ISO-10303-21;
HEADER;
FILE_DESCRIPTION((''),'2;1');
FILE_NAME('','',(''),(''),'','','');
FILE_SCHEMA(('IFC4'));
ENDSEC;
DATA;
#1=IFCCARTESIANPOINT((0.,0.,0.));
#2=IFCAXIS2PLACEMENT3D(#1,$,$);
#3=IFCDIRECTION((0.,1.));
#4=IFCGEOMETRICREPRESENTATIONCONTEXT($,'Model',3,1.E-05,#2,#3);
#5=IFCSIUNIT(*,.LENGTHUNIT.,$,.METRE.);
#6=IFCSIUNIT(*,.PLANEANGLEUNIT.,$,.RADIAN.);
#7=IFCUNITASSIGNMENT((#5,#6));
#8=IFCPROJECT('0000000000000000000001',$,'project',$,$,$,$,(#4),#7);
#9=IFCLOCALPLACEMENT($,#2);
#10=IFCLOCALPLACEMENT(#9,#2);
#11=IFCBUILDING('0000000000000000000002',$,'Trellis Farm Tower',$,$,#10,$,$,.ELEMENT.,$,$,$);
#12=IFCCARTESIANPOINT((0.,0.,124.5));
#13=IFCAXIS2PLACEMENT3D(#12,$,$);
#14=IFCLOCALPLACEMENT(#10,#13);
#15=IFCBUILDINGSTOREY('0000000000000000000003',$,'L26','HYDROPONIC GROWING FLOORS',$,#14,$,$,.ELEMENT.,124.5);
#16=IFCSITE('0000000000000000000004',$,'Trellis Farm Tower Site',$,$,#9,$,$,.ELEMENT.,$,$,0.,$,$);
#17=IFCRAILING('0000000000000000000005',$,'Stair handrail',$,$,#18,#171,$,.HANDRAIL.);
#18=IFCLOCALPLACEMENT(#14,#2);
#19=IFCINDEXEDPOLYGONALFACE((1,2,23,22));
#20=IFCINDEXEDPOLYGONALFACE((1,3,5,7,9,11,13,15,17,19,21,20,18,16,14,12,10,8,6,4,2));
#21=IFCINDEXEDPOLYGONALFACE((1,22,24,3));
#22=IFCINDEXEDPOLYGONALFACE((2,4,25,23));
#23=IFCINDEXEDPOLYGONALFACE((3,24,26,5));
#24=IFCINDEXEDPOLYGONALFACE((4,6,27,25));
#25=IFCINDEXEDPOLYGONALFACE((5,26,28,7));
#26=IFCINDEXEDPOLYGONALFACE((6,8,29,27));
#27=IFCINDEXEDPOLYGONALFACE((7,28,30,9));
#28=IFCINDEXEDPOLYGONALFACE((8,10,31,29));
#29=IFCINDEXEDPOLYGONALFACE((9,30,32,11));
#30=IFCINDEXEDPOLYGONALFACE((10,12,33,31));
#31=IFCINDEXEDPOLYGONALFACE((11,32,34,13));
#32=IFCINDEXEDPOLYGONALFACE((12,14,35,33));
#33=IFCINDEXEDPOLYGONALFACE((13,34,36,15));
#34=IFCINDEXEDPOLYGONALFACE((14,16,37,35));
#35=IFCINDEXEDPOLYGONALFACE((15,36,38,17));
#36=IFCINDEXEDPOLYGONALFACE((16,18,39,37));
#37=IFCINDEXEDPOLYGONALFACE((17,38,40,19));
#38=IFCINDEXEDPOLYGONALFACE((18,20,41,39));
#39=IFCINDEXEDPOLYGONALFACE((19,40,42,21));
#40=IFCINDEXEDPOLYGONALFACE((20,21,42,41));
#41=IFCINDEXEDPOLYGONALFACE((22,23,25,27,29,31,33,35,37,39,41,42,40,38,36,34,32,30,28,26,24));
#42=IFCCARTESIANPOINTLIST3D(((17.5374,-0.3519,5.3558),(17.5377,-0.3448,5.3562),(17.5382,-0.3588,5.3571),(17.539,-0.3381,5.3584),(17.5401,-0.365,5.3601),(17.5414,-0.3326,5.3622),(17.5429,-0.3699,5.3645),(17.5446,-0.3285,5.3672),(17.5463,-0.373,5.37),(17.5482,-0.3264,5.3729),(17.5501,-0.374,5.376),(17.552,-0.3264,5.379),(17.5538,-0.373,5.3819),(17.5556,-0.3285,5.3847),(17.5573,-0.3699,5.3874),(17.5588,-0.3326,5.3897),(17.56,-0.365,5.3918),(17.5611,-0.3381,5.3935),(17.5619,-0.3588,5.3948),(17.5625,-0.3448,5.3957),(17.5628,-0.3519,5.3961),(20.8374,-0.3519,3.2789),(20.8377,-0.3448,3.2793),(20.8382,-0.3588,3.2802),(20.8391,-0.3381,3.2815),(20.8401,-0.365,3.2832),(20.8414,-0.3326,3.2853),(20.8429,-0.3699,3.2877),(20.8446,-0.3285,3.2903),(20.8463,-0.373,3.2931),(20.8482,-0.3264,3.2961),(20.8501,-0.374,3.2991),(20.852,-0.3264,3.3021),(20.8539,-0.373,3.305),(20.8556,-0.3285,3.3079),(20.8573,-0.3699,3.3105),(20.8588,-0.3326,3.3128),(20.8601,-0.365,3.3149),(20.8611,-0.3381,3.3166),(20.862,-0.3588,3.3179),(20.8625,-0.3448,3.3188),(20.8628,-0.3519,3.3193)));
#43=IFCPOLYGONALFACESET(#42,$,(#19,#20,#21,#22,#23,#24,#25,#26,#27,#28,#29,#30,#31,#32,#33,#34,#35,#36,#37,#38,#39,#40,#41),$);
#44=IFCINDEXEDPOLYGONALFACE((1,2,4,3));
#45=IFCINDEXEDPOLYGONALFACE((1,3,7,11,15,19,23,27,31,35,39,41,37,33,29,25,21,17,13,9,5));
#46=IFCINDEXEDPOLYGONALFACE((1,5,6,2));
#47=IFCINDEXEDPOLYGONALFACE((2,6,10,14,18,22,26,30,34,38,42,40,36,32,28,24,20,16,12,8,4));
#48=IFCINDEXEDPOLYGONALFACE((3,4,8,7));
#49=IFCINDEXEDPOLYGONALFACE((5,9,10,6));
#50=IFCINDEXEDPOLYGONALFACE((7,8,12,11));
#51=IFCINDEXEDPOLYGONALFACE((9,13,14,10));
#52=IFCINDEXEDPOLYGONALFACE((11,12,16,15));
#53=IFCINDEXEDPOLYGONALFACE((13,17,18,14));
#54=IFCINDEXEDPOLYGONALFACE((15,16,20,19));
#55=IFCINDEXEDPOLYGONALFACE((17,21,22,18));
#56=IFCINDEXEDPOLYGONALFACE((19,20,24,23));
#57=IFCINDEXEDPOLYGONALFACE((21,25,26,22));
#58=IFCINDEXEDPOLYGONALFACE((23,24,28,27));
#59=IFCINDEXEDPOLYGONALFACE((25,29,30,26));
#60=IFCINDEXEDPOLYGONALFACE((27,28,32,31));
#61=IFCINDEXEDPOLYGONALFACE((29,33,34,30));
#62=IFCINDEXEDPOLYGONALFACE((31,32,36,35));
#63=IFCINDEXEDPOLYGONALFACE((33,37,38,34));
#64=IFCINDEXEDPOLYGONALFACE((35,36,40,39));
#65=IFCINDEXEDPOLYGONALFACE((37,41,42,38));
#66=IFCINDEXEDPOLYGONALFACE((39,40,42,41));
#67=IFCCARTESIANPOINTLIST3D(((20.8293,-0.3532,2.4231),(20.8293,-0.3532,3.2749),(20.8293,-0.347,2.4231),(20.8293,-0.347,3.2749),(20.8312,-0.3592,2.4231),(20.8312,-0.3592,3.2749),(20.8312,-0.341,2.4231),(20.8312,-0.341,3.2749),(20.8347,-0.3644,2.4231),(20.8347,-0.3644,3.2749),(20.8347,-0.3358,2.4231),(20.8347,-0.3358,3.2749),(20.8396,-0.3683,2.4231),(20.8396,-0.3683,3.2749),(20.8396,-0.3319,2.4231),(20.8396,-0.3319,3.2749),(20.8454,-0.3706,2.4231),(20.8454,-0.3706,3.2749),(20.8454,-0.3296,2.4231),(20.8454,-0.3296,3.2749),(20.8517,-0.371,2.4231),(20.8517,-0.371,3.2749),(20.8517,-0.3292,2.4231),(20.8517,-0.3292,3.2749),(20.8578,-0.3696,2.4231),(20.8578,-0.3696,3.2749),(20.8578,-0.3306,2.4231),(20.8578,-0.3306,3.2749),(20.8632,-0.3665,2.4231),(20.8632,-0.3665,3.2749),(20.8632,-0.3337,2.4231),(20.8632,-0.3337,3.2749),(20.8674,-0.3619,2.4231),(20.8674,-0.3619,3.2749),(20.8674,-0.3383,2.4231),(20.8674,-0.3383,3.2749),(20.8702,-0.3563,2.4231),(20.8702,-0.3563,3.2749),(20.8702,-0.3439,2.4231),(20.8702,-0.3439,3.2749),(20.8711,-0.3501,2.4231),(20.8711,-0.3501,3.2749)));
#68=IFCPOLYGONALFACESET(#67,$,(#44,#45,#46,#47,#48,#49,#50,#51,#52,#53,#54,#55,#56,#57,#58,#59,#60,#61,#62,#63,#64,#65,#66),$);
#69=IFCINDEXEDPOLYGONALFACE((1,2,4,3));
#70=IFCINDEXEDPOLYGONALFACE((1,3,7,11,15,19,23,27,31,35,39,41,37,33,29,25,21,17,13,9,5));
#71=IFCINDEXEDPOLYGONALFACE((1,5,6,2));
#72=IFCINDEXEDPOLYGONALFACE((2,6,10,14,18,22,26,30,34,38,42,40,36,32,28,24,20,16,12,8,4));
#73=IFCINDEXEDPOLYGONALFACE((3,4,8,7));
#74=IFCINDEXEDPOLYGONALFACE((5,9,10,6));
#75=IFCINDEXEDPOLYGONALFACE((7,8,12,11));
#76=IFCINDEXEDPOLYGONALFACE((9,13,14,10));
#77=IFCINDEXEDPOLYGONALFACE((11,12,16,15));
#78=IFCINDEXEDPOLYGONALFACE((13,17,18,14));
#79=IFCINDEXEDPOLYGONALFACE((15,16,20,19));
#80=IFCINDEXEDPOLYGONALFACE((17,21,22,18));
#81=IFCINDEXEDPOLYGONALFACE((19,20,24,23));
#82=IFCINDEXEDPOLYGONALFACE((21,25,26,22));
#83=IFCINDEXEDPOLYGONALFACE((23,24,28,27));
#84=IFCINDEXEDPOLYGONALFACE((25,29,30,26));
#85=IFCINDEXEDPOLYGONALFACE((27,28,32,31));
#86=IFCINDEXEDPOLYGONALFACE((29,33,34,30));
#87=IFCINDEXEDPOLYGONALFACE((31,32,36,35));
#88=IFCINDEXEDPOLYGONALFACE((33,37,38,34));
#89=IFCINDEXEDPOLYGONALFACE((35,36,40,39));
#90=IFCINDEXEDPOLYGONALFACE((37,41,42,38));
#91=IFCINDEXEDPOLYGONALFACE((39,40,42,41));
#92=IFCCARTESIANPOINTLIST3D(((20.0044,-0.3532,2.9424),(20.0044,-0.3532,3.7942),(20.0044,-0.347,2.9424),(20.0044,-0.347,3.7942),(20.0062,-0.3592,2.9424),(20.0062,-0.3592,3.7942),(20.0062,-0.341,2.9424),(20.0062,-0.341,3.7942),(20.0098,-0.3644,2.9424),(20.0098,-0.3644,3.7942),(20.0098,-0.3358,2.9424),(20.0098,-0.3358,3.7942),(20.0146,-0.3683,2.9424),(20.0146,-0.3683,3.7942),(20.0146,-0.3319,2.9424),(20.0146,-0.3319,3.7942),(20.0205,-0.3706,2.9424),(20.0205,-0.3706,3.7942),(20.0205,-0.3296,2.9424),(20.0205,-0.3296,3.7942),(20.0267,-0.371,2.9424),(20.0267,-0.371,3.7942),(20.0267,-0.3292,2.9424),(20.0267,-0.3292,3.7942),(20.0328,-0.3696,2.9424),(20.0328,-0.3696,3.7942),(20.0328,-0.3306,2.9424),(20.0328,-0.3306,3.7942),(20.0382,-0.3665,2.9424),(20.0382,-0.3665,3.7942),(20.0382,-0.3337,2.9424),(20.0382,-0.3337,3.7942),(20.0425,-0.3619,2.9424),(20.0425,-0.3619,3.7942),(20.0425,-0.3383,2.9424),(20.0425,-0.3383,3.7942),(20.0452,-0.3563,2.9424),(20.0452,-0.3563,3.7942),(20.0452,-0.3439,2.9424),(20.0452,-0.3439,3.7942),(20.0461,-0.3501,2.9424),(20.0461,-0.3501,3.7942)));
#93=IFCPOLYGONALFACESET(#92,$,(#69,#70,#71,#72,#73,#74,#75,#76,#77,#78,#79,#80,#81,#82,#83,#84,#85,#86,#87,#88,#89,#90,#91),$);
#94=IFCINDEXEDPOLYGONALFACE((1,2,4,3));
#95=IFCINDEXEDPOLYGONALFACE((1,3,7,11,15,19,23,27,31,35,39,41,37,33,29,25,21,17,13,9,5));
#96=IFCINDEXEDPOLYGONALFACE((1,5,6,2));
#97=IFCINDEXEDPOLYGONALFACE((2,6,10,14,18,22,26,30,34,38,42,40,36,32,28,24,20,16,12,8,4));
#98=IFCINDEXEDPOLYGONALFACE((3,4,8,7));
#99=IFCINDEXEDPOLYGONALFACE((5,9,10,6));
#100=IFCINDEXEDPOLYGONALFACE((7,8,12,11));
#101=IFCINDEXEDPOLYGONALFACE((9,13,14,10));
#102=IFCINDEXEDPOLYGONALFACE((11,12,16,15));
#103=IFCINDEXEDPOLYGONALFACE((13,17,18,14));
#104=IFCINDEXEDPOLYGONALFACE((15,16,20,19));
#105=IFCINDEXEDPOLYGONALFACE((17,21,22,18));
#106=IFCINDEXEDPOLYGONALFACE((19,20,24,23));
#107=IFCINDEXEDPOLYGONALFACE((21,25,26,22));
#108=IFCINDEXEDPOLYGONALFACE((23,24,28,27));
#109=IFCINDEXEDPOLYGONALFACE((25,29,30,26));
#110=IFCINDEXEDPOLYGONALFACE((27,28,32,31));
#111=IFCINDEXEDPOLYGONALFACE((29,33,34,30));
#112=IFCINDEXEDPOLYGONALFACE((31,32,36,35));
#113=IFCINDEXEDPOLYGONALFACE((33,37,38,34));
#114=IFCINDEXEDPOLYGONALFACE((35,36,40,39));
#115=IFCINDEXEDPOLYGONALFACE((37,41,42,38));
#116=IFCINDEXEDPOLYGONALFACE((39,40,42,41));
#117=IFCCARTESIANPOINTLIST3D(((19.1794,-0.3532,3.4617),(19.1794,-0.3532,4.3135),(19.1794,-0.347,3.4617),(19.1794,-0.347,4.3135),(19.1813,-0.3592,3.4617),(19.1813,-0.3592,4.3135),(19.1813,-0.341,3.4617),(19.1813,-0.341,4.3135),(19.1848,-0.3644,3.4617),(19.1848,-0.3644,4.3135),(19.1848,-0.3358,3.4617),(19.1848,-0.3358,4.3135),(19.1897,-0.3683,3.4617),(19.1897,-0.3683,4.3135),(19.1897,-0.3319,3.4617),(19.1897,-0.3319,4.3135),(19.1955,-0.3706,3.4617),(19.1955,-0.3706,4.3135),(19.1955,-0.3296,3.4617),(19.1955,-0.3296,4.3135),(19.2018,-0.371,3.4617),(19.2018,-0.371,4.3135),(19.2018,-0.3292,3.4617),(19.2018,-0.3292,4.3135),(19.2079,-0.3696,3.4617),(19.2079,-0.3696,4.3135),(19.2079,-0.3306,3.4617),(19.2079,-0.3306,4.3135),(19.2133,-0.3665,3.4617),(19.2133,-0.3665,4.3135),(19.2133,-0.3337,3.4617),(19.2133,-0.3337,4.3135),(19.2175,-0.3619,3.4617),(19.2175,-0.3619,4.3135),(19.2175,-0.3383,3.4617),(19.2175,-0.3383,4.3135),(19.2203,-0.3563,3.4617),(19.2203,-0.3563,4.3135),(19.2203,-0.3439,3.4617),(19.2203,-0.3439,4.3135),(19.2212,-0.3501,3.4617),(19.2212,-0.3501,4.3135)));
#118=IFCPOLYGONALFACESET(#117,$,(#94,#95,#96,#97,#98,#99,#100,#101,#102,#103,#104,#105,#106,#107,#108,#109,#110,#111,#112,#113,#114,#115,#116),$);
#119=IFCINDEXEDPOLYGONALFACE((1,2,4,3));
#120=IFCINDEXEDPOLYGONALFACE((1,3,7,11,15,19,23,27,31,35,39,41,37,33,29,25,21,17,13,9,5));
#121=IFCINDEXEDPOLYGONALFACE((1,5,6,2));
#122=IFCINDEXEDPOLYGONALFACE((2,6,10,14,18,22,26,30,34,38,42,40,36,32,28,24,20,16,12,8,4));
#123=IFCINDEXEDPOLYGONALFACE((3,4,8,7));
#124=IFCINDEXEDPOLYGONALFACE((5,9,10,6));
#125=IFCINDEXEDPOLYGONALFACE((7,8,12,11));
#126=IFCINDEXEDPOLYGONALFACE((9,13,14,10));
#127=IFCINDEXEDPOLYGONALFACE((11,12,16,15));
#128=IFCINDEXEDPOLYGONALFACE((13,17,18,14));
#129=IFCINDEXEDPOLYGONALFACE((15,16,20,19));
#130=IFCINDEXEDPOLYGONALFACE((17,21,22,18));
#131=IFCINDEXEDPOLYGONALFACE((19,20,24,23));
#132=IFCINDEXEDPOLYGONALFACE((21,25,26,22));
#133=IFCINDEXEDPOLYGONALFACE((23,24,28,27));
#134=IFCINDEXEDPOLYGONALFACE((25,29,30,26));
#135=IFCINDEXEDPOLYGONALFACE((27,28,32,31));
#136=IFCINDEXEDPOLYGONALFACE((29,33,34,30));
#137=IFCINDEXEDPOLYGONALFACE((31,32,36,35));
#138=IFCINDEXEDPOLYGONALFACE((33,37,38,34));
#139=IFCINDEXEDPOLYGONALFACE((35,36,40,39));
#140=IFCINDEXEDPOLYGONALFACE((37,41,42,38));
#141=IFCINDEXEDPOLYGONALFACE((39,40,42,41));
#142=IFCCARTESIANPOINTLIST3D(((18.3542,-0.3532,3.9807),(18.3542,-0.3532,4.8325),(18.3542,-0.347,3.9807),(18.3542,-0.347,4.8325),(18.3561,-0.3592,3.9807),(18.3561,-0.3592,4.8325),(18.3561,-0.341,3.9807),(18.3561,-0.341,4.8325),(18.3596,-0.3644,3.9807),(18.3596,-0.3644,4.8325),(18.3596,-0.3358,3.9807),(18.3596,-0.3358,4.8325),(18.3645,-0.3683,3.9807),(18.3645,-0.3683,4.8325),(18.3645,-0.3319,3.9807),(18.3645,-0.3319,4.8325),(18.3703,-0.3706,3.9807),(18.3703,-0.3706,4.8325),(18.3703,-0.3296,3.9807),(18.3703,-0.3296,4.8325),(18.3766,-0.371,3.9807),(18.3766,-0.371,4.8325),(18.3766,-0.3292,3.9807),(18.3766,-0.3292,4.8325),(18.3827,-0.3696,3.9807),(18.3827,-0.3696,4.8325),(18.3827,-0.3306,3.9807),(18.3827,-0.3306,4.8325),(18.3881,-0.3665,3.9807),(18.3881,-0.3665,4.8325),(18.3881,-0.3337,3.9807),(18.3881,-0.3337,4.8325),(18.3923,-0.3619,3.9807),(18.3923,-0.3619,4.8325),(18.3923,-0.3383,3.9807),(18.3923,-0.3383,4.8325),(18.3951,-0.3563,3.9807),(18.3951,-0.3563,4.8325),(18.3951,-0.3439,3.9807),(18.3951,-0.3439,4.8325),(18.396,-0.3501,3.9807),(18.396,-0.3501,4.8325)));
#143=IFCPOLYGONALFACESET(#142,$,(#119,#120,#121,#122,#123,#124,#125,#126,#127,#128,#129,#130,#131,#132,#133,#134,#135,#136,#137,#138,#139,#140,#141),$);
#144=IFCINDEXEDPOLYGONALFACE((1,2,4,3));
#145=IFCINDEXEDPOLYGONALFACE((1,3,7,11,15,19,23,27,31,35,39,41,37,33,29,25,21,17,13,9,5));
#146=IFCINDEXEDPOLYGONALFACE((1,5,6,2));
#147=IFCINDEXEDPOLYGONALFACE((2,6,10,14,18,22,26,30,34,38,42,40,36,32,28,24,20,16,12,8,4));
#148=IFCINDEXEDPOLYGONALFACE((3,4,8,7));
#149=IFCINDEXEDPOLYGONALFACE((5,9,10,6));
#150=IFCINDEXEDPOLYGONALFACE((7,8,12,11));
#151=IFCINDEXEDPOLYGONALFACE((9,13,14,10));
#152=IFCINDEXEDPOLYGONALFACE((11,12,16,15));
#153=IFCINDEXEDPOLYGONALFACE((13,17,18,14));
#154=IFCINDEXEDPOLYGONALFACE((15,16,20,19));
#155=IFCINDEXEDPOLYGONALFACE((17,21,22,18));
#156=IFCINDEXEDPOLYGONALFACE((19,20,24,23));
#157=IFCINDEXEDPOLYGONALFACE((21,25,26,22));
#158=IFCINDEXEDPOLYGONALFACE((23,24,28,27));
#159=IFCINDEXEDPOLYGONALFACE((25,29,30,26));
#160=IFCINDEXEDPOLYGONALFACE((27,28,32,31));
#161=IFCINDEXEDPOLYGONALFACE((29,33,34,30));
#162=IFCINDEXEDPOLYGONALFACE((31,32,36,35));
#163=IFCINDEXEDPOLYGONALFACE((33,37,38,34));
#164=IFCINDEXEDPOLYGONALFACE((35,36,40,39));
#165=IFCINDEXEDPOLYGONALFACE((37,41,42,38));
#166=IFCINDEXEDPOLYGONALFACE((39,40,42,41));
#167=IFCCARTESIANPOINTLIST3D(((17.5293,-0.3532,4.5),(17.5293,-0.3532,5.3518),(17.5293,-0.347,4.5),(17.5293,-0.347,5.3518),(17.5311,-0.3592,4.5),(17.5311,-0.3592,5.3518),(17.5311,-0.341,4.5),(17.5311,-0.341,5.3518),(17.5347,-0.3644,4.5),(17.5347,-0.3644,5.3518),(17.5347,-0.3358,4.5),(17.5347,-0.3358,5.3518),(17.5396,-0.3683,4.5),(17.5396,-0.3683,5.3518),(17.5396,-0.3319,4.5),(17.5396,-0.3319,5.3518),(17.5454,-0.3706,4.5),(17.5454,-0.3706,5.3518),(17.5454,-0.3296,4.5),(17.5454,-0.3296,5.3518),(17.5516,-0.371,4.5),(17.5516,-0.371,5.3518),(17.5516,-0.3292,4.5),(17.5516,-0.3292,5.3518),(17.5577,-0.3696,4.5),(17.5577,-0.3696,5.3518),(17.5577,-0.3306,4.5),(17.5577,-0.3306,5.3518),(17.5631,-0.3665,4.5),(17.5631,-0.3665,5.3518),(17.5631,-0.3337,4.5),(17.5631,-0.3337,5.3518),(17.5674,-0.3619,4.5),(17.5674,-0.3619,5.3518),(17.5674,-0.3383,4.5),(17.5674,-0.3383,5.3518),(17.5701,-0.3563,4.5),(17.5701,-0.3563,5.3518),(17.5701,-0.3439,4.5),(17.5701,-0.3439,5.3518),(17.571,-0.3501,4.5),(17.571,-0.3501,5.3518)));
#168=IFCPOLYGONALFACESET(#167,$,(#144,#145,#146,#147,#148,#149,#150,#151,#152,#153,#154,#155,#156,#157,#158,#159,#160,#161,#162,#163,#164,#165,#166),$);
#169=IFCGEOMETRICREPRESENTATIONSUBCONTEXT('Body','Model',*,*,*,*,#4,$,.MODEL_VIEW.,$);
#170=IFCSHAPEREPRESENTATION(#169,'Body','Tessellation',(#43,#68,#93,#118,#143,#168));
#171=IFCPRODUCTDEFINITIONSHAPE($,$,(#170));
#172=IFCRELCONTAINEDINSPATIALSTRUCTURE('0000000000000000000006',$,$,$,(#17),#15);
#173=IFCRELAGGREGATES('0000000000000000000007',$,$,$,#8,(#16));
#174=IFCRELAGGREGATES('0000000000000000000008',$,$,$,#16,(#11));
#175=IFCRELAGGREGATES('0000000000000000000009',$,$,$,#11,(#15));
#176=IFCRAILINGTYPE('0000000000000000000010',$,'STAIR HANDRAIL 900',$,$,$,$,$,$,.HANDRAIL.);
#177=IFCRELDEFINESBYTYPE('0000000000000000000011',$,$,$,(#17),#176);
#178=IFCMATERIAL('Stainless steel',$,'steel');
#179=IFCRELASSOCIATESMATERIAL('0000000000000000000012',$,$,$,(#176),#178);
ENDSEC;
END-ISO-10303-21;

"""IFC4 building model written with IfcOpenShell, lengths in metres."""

from ifc_helpers import new_model, si_unit, direction, frame, origin, origin_2d, place, context, subcontext, project, spatial, circle, extrude, source, transform, mapped, material, type_object, element, save


model = new_model("IFC4")

# Units and contexts
model_context = context("Model", 3, precision=1e-05, world=origin(), true_north=direction((0.0, 1.0)))
body_context = subcontext(model_context, "Body", "Model", "MODEL_VIEW")
ifc_project = project(units=[si_unit("LENGTHUNIT", "METRE"), si_unit("PLANEANGLEUNIT", "RADIAN")], contexts=[model_context])

# Site, building, storey
site_placement = place(None, origin())
site = spatial("IfcSite", under=ifc_project, at=site_placement, Name="Trellis Farm Tower Site", CompositionType="ELEMENT", RefElevation=0.0)
building_placement = place(site_placement, origin())
building = spatial("IfcBuilding", under=site, at=building_placement, Name="Trellis Farm Tower", CompositionType="ELEMENT")
storey_placement = place(building_placement, frame((0.0, 0.0, 124.5)))
storey = spatial("IfcBuildingStorey", under=building, at=storey_placement, Name="L26", Description="HYDROPONIC GROWING FLOORS", CompositionType="ELEMENT", Elevation=124.5)

# Shared definitions
ifc_material_1 = material(Name="Stainless steel", Category="steel")

# Railing
railing_type = type_object("IfcRailingType", Name="STAIR HANDRAIL 900", PredefinedType="HANDRAIL", material=ifc_material_1)
shared_shape_1 = source(origin(), body_context, "Body", "SweptSolid", [
    extrude(circle(Radius=0.0239, at=origin_2d()), frame((0.0, 0.0, 0.876), z_axis=(-0.846337, 0.0, 0.532647), x_axis=(0.0, -1.0, 0.0)), (0.0, 0.0, 1.0), 3.8992),
    extrude(circle(Radius=0.021, at=origin_2d()), origin(), (0.0, 0.0, 1.0), 0.8518),
    extrude(circle(Radius=0.021, at=origin_2d()), frame((-0.825, 0.0, 0.5193)), (0.0, 0.0, 1.0), 0.8518),
    extrude(circle(Radius=0.021, at=origin_2d()), frame((-1.6499, 0.0, 1.0386)), (0.0, 0.0, 1.0), 0.8518),
    extrude(circle(Radius=0.021, at=origin_2d()), frame((-2.4751, 0.0, 1.5576)), (0.0, 0.0, 1.0), 0.8518),
    extrude(circle(Radius=0.021, at=origin_2d()), frame((-3.3, 0.0, 2.0769)), (0.0, 0.0, 1.0), 0.8518),
])
for number, where, name in (
    (1, (20.8501, -0.3501, 2.4231), "Stair handrail"),
):
    element("IfcRailing", number, at=place(storey_placement, frame(where)), inside=storey, type_object=railing_type, Name=name, PredefinedType="HANDRAIL", context=body_context, shape_type="MappedRepresentation", body=[
        mapped(shared_shape_1, transform((0.0, 0.0, 0.0))),
    ])

save(model, "model.ifc")
